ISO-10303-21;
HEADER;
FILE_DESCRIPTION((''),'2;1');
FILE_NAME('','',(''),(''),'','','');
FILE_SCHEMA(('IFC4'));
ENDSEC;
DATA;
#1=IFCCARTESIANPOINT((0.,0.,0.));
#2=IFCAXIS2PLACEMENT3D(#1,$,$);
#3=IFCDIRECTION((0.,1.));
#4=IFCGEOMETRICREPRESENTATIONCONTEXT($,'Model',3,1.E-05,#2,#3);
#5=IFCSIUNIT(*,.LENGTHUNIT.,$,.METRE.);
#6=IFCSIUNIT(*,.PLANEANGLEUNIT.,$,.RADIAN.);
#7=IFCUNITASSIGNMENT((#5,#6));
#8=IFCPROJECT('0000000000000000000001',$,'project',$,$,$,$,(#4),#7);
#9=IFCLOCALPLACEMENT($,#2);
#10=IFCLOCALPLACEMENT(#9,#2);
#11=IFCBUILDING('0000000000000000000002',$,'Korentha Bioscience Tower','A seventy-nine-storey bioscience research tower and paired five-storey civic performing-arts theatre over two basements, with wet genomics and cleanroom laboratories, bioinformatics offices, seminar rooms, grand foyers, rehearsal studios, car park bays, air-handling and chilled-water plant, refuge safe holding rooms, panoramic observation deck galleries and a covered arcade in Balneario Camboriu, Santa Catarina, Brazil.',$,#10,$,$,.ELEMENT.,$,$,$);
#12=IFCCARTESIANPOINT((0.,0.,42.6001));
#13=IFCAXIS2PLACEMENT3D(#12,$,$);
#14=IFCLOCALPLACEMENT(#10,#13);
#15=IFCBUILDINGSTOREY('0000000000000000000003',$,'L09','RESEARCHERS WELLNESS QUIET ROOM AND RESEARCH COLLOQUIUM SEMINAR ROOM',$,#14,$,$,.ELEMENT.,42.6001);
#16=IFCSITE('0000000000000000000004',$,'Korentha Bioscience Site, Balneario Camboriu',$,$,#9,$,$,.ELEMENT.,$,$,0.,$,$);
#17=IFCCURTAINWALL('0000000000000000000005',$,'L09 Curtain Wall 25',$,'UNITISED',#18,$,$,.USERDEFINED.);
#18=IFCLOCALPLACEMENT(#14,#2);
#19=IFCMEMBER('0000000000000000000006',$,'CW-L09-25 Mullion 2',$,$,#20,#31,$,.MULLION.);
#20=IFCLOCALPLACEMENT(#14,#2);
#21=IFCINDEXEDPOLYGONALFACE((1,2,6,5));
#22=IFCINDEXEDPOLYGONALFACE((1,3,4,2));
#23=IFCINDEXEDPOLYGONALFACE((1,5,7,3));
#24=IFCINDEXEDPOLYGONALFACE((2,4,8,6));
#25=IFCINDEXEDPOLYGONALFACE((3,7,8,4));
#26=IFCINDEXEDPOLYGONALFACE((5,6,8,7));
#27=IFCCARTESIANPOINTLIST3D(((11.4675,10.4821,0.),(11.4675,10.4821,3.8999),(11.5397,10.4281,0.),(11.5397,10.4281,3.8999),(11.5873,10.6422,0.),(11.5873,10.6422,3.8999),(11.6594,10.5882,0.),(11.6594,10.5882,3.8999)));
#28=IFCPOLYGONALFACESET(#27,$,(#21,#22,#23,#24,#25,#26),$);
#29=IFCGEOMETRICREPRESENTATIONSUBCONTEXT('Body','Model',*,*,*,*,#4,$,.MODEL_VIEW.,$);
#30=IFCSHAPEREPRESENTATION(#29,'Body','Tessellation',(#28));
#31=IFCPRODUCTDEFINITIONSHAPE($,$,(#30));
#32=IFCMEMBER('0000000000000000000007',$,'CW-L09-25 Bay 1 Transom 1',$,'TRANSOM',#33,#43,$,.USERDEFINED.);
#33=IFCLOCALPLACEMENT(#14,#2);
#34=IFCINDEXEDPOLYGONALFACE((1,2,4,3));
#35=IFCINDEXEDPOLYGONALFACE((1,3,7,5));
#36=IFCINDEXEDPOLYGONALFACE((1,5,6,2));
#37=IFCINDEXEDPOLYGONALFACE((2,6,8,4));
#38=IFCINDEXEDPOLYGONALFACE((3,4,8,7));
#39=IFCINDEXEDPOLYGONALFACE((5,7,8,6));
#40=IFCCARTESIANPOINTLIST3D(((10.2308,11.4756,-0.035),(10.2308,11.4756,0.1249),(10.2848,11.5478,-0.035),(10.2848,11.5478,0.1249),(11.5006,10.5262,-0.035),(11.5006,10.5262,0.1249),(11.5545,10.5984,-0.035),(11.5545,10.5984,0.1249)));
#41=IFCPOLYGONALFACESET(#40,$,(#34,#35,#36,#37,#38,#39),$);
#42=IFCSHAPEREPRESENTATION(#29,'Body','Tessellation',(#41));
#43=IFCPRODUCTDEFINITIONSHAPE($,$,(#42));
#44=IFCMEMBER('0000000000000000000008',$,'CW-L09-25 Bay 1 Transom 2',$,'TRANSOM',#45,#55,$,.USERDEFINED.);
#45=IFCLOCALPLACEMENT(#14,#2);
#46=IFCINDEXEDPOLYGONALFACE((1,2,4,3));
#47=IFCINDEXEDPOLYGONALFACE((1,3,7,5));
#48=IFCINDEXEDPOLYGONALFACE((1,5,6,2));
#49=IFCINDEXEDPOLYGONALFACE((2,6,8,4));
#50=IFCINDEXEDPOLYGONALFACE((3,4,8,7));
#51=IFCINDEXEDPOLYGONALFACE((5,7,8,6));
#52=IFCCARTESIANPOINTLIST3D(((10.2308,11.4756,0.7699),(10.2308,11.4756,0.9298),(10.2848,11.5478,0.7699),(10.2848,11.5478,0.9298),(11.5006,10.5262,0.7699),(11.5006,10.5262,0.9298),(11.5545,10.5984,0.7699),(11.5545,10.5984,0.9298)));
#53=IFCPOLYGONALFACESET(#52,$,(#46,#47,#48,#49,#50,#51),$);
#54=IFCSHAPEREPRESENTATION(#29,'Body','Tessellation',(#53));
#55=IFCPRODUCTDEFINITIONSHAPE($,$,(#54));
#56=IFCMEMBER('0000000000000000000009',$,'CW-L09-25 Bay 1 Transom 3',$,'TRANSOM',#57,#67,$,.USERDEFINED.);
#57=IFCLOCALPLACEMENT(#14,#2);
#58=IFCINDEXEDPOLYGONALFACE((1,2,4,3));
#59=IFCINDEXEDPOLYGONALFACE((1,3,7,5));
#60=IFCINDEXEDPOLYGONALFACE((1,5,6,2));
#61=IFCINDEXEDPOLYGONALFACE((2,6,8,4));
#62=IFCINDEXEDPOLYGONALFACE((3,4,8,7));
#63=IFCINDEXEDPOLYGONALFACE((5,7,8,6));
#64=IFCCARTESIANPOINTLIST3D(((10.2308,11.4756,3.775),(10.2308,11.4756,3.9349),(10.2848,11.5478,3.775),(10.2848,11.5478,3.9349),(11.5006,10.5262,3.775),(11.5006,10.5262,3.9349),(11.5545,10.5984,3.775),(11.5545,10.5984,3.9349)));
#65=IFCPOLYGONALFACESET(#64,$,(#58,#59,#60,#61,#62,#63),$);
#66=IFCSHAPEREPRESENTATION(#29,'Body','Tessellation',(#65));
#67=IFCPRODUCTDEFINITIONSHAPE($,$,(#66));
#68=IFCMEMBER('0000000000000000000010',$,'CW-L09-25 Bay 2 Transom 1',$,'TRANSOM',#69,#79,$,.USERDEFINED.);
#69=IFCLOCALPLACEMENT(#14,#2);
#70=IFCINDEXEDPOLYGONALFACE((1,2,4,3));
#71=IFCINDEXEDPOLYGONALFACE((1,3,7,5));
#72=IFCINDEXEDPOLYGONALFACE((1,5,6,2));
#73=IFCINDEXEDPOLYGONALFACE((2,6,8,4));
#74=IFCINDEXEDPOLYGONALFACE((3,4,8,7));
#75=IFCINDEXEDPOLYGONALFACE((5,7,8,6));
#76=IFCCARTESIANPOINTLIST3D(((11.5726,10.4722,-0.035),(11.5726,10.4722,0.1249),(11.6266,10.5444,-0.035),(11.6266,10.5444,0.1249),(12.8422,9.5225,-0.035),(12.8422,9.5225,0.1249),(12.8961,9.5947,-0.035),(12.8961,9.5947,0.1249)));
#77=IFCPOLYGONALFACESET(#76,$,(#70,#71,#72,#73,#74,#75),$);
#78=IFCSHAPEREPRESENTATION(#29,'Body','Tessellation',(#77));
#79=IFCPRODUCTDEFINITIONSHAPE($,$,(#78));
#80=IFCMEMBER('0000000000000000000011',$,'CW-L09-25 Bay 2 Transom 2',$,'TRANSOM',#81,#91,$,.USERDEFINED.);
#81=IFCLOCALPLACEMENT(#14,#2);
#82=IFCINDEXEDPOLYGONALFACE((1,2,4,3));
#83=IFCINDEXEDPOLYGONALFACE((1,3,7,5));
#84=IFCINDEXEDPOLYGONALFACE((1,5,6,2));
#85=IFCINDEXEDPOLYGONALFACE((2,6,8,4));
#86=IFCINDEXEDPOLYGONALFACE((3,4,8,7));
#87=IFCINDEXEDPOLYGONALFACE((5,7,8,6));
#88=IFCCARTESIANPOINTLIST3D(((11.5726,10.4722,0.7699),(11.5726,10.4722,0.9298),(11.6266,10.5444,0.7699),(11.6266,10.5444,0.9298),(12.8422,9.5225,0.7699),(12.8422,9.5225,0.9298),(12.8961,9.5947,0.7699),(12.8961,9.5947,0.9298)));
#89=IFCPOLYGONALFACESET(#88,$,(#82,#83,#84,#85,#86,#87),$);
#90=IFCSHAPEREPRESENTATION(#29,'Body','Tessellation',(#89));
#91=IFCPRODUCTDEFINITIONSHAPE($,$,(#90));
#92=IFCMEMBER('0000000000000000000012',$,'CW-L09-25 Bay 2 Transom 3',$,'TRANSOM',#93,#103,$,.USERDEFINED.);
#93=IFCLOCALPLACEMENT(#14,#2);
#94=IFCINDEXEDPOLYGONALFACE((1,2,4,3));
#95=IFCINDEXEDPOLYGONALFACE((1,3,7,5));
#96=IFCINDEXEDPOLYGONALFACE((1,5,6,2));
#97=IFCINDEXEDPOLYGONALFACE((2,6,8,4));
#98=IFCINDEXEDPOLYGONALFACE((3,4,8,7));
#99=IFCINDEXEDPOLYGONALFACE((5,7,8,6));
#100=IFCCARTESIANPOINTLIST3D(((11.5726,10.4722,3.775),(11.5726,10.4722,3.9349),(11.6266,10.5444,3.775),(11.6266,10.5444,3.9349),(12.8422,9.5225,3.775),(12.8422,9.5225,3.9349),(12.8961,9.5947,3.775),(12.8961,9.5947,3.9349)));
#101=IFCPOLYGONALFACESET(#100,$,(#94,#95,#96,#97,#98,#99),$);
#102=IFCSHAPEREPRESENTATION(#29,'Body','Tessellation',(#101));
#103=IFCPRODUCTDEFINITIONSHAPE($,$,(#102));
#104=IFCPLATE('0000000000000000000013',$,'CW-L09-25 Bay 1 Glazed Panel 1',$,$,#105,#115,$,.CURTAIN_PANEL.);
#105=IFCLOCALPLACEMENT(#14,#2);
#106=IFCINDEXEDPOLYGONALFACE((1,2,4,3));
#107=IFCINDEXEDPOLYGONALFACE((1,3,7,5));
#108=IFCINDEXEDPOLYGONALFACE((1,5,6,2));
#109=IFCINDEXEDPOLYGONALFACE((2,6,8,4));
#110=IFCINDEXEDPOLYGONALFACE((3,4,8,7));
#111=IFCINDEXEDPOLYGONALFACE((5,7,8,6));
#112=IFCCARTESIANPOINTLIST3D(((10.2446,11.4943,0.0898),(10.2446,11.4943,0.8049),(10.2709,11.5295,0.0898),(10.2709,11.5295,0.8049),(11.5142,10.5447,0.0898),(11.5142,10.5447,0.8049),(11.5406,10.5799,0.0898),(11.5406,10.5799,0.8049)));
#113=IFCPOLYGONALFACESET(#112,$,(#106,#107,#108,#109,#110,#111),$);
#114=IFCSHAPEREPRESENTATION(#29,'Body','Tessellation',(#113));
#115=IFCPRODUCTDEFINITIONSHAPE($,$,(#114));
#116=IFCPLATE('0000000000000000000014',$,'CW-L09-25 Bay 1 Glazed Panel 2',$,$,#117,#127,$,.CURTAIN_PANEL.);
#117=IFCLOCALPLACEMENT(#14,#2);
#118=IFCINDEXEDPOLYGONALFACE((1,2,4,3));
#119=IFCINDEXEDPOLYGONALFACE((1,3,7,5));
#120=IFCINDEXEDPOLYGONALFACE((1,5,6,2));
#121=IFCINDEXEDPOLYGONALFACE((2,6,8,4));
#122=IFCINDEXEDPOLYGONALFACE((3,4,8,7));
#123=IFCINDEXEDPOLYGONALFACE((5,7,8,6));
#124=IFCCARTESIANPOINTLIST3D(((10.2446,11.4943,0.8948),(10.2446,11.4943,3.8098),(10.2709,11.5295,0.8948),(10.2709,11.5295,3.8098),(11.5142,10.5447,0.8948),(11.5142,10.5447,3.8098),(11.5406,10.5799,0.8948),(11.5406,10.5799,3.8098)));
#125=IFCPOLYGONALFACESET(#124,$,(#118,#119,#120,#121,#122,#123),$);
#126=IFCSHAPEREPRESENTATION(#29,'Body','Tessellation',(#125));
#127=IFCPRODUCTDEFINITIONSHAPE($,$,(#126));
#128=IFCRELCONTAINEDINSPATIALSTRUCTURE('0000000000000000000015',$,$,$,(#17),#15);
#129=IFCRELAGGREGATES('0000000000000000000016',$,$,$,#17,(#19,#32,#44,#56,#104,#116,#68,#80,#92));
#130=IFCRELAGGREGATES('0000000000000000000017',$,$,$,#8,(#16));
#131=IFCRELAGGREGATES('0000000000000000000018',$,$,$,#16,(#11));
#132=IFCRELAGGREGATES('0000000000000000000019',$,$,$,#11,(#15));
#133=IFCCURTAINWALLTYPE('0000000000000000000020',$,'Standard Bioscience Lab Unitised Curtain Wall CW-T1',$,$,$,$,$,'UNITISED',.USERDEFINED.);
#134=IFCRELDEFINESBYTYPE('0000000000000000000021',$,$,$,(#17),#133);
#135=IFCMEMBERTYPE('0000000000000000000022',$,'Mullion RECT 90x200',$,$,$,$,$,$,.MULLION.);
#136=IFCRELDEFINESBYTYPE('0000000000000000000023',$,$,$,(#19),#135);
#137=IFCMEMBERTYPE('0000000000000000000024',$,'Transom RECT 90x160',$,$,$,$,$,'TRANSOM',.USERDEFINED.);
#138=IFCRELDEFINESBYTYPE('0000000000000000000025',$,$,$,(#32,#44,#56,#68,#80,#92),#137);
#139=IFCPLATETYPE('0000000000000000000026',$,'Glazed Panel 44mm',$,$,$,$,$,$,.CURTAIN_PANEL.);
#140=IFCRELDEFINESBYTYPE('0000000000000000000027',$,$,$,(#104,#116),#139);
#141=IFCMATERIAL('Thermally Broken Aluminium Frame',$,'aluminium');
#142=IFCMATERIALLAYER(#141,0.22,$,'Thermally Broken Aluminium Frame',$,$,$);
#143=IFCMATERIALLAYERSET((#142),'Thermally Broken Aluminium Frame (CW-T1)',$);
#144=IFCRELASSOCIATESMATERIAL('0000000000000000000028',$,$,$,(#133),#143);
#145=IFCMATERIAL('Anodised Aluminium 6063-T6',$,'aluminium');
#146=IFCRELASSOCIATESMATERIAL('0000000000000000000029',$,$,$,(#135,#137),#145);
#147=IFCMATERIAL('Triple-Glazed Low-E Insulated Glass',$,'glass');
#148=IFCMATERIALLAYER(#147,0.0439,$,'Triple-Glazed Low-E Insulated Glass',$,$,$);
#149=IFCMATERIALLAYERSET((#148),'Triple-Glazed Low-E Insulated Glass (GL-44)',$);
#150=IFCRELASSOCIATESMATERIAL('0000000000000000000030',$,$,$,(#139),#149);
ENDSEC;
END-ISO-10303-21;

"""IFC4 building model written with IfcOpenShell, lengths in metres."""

from ifc_helpers import new_model, si_unit, direction, frame, origin, origin_2d, place, context, subcontext, project, spatial, rectangle, extrude, material, layer, layer_set, material_profile, profile_set, type_object, element, aggregate, save


model = new_model("IFC4")

# Units and contexts
model_context = context("Model", 3, precision=1e-05, world=origin(), true_north=direction((0.0, 1.0)))
body_context = subcontext(model_context, "Body", "Model", "MODEL_VIEW")
ifc_project = project(units=[si_unit("LENGTHUNIT", "METRE"), si_unit("PLANEANGLEUNIT", "RADIAN")], contexts=[model_context])

# Site, building, storey
site_placement = place(None, origin())
site = spatial("IfcSite", under=ifc_project, at=site_placement, Name="Korentha Bioscience Site, Balneario Camboriu", CompositionType="ELEMENT", RefElevation=0.0)
building_placement = place(site_placement, origin())
building = spatial("IfcBuilding", under=site, at=building_placement, Name="Korentha Bioscience Tower", Description="A seventy-nine-storey bioscience research tower and paired five-storey civic performing-arts theatre over two basements, with wet genomics and cleanroom laboratories, bioinformatics offices, seminar rooms, grand foyers, rehearsal studios, car park bays, air-handling and chilled-water plant, refuge safe holding rooms, panoramic observation deck galleries and a covered arcade in Balneario Camboriu, Santa Catarina, Brazil.", CompositionType="ELEMENT")
storey_placement = place(building_placement, frame((0.0, 0.0, 42.6001)))
storey = spatial("IfcBuildingStorey", under=building, at=storey_placement, Name="L09", Description="RESEARCHERS WELLNESS QUIET ROOM AND RESEARCH COLLOQUIUM SEMINAR ROOM", CompositionType="ELEMENT", Elevation=42.6001)

# Curtain wall, members, plates
ifc_material_1 = material(Name="Thermally Broken Aluminium Frame", Category="aluminium")
ifc_layer_1 = layer(ifc_material_1, 0.22, Name="Thermally Broken Aluminium Frame")
ifc_layer_set_1 = layer_set([ifc_layer_1], Name="Thermally Broken Aluminium Frame (CW-T1)")
curtain_wall_type = type_object("IfcCurtainWallType", Name="Standard Bioscience Lab Unitised Curtain Wall CW-T1", ElementType="UNITISED", PredefinedType="USERDEFINED", material=ifc_layer_set_1)
curtain_wall_placement = place(storey_placement, origin())
curtain_wall = element("IfcCurtainWall", 1, at=curtain_wall_placement, inside=storey, type_object=curtain_wall_type, Name="L09 Curtain Wall 25", ObjectType="UNITISED", PredefinedType="USERDEFINED")
ifc_material_2 = material(Name="Anodised Aluminium 6063-T6", Category="aluminium")
ifc_material_profile_1 = material_profile(ifc_material_2, rectangle(XDim=0.0901, YDim=0.2, at=origin_2d()), Name="Anodised Aluminium 6063-T6")
ifc_profile_set_1 = profile_set([ifc_material_profile_1], Name="Anodised Aluminium 6063-T6 (CW-MUL)")
member_type_1 = type_object("IfcMemberType", Name="Mullion RECT 90x200", PredefinedType="MULLION", material=ifc_profile_set_1)
member_1_placement = place(storey_placement, frame((11.5635, 10.5352, 0.0), z_axis=(0.0, 0.0, 1.0), x_axis=(0.800798, -0.598935, 0.0)))
member_1 = element("IfcMember", 2, at=member_1_placement, type_object=member_type_1, Name="CW-L09-25 Mullion 2", PredefinedType="MULLION", context=body_context, shape_type="SweptSolid", body=[
    extrude(rectangle(XDim=0.0901, YDim=0.2, at=origin_2d()), origin(), (0.0, 0.0, 1.0), 3.8999),
])
ifc_material_profile_2 = material_profile(ifc_material_2, rectangle(XDim=0.0901, YDim=0.1599, at=origin_2d()), Name="Anodised Aluminium 6063-T6")
ifc_profile_set_2 = profile_set([ifc_material_profile_2], Name="Anodised Aluminium 6063-T6 (CW-TRN)")
member_type_2 = type_object("IfcMemberType", Name="Transom RECT 90x160", ElementType="TRANSOM", PredefinedType="USERDEFINED", material=ifc_profile_set_2)
member_2_placement = place(storey_placement, frame((10.2578, 11.5117, 0.0449), z_axis=(0.800868, -0.598841, 0.0), x_axis=(0.598841, 0.800868, 0.0)))
member_2 = element("IfcMember", 3, at=member_2_placement, type_object=member_type_2, Name="CW-L09-25 Bay 1 Transom 1", ObjectType="TRANSOM", PredefinedType="USERDEFINED", context=body_context, shape_type="SweptSolid", body=[
    extrude(rectangle(XDim=0.0901, YDim=0.1599, at=origin_2d()), origin(), (0.0, 0.0, 1.0), 1.5854),
])
member_3_placement = place(storey_placement, frame((10.2578, 11.5117, 0.8499), z_axis=(0.800868, -0.598841, 0.0), x_axis=(0.598841, 0.800868, 0.0)))
member_3 = element("IfcMember", 4, at=member_3_placement, type_object=member_type_2, Name="CW-L09-25 Bay 1 Transom 2", ObjectType="TRANSOM", PredefinedType="USERDEFINED", context=body_context, shape_type="SweptSolid", body=[
    extrude(rectangle(XDim=0.0901, YDim=0.1599, at=origin_2d()), origin(), (0.0, 0.0, 1.0), 1.5854),
])
member_4_placement = place(storey_placement, frame((10.2578, 11.5117, 3.855), z_axis=(0.800868, -0.598841, 0.0), x_axis=(0.598841, 0.800868, 0.0)))
member_4 = element("IfcMember", 5, at=member_4_placement, type_object=member_type_2, Name="CW-L09-25 Bay 1 Transom 3", ObjectType="TRANSOM", PredefinedType="USERDEFINED", context=body_context, shape_type="SweptSolid", body=[
    extrude(rectangle(XDim=0.0901, YDim=0.1599, at=origin_2d()), origin(), (0.0, 0.0, 1.0), 1.5854),
])
member_5_placement = place(storey_placement, frame((11.5996, 10.5083, 0.0449), z_axis=(0.800739, -0.599014, 0.0), x_axis=(0.599014, 0.800739, 0.0)))
member_5 = element("IfcMember", 6, at=member_5_placement, type_object=member_type_2, Name="CW-L09-25 Bay 2 Transom 1", ObjectType="TRANSOM", PredefinedType="USERDEFINED", context=body_context, shape_type="SweptSolid", body=[
    extrude(rectangle(XDim=0.0901, YDim=0.1599, at=origin_2d()), origin(), (0.0, 0.0, 1.0), 1.5854),
])
member_6_placement = place(storey_placement, frame((11.5996, 10.5083, 0.8499), z_axis=(0.800739, -0.599014, 0.0), x_axis=(0.599014, 0.800739, 0.0)))
member_6 = element("IfcMember", 7, at=member_6_placement, type_object=member_type_2, Name="CW-L09-25 Bay 2 Transom 2", ObjectType="TRANSOM", PredefinedType="USERDEFINED", context=body_context, shape_type="SweptSolid", body=[
    extrude(rectangle(XDim=0.0901, YDim=0.1599, at=origin_2d()), origin(), (0.0, 0.0, 1.0), 1.5854),
])
member_7_placement = place(storey_placement, frame((11.5996, 10.5083, 3.855), z_axis=(0.800739, -0.599014, 0.0), x_axis=(0.599014, 0.800739, 0.0)))
member_7 = element("IfcMember", 8, at=member_7_placement, type_object=member_type_2, Name="CW-L09-25 Bay 2 Transom 3", ObjectType="TRANSOM", PredefinedType="USERDEFINED", context=body_context, shape_type="SweptSolid", body=[
    extrude(rectangle(XDim=0.0901, YDim=0.1599, at=origin_2d()), origin(), (0.0, 0.0, 1.0), 1.5854),
])
ifc_material_3 = material(Name="Triple-Glazed Low-E Insulated Glass", Category="glass")
ifc_layer_2 = layer(ifc_material_3, 0.0439, Name="Triple-Glazed Low-E Insulated Glass")
ifc_layer_set_2 = layer_set([ifc_layer_2], Name="Triple-Glazed Low-E Insulated Glass (GL-44)")
plate_type = type_object("IfcPlateType", Name="Glazed Panel 44mm", PredefinedType="CURTAIN_PANEL", material=ifc_layer_set_2)
plate_1_placement = place(storey_placement, frame((10.8926, 11.0371, 0.0898), z_axis=(0.0, 0.0, 1.0), x_axis=(0.800798, -0.598935, 0.0)))
plate_1 = element("IfcPlate", 9, at=plate_1_placement, type_object=plate_type, Name="CW-L09-25 Bay 1 Glazed Panel 1", PredefinedType="CURTAIN_PANEL", context=body_context, shape_type="SweptSolid", body=[
    extrude(rectangle(XDim=1.5854, YDim=0.0439, at=origin_2d()), origin(), (0.0, 0.0, 1.0), 0.7151),
])
plate_2_placement = place(storey_placement, frame((10.8926, 11.0371, 0.8948), z_axis=(0.0, 0.0, 1.0), x_axis=(0.800798, -0.598935, 0.0)))
plate_2 = element("IfcPlate", 10, at=plate_2_placement, type_object=plate_type, Name="CW-L09-25 Bay 1 Glazed Panel 2", PredefinedType="CURTAIN_PANEL", context=body_context, shape_type="SweptSolid", body=[
    extrude(rectangle(XDim=1.5854, YDim=0.0439, at=origin_2d()), origin(), (0.0, 0.0, 1.0), 2.915),
])
aggregate(curtain_wall, [member_1, member_2, member_3, member_4, plate_1, plate_2, member_5, member_6, member_7])

save(model, "model.ifc")
